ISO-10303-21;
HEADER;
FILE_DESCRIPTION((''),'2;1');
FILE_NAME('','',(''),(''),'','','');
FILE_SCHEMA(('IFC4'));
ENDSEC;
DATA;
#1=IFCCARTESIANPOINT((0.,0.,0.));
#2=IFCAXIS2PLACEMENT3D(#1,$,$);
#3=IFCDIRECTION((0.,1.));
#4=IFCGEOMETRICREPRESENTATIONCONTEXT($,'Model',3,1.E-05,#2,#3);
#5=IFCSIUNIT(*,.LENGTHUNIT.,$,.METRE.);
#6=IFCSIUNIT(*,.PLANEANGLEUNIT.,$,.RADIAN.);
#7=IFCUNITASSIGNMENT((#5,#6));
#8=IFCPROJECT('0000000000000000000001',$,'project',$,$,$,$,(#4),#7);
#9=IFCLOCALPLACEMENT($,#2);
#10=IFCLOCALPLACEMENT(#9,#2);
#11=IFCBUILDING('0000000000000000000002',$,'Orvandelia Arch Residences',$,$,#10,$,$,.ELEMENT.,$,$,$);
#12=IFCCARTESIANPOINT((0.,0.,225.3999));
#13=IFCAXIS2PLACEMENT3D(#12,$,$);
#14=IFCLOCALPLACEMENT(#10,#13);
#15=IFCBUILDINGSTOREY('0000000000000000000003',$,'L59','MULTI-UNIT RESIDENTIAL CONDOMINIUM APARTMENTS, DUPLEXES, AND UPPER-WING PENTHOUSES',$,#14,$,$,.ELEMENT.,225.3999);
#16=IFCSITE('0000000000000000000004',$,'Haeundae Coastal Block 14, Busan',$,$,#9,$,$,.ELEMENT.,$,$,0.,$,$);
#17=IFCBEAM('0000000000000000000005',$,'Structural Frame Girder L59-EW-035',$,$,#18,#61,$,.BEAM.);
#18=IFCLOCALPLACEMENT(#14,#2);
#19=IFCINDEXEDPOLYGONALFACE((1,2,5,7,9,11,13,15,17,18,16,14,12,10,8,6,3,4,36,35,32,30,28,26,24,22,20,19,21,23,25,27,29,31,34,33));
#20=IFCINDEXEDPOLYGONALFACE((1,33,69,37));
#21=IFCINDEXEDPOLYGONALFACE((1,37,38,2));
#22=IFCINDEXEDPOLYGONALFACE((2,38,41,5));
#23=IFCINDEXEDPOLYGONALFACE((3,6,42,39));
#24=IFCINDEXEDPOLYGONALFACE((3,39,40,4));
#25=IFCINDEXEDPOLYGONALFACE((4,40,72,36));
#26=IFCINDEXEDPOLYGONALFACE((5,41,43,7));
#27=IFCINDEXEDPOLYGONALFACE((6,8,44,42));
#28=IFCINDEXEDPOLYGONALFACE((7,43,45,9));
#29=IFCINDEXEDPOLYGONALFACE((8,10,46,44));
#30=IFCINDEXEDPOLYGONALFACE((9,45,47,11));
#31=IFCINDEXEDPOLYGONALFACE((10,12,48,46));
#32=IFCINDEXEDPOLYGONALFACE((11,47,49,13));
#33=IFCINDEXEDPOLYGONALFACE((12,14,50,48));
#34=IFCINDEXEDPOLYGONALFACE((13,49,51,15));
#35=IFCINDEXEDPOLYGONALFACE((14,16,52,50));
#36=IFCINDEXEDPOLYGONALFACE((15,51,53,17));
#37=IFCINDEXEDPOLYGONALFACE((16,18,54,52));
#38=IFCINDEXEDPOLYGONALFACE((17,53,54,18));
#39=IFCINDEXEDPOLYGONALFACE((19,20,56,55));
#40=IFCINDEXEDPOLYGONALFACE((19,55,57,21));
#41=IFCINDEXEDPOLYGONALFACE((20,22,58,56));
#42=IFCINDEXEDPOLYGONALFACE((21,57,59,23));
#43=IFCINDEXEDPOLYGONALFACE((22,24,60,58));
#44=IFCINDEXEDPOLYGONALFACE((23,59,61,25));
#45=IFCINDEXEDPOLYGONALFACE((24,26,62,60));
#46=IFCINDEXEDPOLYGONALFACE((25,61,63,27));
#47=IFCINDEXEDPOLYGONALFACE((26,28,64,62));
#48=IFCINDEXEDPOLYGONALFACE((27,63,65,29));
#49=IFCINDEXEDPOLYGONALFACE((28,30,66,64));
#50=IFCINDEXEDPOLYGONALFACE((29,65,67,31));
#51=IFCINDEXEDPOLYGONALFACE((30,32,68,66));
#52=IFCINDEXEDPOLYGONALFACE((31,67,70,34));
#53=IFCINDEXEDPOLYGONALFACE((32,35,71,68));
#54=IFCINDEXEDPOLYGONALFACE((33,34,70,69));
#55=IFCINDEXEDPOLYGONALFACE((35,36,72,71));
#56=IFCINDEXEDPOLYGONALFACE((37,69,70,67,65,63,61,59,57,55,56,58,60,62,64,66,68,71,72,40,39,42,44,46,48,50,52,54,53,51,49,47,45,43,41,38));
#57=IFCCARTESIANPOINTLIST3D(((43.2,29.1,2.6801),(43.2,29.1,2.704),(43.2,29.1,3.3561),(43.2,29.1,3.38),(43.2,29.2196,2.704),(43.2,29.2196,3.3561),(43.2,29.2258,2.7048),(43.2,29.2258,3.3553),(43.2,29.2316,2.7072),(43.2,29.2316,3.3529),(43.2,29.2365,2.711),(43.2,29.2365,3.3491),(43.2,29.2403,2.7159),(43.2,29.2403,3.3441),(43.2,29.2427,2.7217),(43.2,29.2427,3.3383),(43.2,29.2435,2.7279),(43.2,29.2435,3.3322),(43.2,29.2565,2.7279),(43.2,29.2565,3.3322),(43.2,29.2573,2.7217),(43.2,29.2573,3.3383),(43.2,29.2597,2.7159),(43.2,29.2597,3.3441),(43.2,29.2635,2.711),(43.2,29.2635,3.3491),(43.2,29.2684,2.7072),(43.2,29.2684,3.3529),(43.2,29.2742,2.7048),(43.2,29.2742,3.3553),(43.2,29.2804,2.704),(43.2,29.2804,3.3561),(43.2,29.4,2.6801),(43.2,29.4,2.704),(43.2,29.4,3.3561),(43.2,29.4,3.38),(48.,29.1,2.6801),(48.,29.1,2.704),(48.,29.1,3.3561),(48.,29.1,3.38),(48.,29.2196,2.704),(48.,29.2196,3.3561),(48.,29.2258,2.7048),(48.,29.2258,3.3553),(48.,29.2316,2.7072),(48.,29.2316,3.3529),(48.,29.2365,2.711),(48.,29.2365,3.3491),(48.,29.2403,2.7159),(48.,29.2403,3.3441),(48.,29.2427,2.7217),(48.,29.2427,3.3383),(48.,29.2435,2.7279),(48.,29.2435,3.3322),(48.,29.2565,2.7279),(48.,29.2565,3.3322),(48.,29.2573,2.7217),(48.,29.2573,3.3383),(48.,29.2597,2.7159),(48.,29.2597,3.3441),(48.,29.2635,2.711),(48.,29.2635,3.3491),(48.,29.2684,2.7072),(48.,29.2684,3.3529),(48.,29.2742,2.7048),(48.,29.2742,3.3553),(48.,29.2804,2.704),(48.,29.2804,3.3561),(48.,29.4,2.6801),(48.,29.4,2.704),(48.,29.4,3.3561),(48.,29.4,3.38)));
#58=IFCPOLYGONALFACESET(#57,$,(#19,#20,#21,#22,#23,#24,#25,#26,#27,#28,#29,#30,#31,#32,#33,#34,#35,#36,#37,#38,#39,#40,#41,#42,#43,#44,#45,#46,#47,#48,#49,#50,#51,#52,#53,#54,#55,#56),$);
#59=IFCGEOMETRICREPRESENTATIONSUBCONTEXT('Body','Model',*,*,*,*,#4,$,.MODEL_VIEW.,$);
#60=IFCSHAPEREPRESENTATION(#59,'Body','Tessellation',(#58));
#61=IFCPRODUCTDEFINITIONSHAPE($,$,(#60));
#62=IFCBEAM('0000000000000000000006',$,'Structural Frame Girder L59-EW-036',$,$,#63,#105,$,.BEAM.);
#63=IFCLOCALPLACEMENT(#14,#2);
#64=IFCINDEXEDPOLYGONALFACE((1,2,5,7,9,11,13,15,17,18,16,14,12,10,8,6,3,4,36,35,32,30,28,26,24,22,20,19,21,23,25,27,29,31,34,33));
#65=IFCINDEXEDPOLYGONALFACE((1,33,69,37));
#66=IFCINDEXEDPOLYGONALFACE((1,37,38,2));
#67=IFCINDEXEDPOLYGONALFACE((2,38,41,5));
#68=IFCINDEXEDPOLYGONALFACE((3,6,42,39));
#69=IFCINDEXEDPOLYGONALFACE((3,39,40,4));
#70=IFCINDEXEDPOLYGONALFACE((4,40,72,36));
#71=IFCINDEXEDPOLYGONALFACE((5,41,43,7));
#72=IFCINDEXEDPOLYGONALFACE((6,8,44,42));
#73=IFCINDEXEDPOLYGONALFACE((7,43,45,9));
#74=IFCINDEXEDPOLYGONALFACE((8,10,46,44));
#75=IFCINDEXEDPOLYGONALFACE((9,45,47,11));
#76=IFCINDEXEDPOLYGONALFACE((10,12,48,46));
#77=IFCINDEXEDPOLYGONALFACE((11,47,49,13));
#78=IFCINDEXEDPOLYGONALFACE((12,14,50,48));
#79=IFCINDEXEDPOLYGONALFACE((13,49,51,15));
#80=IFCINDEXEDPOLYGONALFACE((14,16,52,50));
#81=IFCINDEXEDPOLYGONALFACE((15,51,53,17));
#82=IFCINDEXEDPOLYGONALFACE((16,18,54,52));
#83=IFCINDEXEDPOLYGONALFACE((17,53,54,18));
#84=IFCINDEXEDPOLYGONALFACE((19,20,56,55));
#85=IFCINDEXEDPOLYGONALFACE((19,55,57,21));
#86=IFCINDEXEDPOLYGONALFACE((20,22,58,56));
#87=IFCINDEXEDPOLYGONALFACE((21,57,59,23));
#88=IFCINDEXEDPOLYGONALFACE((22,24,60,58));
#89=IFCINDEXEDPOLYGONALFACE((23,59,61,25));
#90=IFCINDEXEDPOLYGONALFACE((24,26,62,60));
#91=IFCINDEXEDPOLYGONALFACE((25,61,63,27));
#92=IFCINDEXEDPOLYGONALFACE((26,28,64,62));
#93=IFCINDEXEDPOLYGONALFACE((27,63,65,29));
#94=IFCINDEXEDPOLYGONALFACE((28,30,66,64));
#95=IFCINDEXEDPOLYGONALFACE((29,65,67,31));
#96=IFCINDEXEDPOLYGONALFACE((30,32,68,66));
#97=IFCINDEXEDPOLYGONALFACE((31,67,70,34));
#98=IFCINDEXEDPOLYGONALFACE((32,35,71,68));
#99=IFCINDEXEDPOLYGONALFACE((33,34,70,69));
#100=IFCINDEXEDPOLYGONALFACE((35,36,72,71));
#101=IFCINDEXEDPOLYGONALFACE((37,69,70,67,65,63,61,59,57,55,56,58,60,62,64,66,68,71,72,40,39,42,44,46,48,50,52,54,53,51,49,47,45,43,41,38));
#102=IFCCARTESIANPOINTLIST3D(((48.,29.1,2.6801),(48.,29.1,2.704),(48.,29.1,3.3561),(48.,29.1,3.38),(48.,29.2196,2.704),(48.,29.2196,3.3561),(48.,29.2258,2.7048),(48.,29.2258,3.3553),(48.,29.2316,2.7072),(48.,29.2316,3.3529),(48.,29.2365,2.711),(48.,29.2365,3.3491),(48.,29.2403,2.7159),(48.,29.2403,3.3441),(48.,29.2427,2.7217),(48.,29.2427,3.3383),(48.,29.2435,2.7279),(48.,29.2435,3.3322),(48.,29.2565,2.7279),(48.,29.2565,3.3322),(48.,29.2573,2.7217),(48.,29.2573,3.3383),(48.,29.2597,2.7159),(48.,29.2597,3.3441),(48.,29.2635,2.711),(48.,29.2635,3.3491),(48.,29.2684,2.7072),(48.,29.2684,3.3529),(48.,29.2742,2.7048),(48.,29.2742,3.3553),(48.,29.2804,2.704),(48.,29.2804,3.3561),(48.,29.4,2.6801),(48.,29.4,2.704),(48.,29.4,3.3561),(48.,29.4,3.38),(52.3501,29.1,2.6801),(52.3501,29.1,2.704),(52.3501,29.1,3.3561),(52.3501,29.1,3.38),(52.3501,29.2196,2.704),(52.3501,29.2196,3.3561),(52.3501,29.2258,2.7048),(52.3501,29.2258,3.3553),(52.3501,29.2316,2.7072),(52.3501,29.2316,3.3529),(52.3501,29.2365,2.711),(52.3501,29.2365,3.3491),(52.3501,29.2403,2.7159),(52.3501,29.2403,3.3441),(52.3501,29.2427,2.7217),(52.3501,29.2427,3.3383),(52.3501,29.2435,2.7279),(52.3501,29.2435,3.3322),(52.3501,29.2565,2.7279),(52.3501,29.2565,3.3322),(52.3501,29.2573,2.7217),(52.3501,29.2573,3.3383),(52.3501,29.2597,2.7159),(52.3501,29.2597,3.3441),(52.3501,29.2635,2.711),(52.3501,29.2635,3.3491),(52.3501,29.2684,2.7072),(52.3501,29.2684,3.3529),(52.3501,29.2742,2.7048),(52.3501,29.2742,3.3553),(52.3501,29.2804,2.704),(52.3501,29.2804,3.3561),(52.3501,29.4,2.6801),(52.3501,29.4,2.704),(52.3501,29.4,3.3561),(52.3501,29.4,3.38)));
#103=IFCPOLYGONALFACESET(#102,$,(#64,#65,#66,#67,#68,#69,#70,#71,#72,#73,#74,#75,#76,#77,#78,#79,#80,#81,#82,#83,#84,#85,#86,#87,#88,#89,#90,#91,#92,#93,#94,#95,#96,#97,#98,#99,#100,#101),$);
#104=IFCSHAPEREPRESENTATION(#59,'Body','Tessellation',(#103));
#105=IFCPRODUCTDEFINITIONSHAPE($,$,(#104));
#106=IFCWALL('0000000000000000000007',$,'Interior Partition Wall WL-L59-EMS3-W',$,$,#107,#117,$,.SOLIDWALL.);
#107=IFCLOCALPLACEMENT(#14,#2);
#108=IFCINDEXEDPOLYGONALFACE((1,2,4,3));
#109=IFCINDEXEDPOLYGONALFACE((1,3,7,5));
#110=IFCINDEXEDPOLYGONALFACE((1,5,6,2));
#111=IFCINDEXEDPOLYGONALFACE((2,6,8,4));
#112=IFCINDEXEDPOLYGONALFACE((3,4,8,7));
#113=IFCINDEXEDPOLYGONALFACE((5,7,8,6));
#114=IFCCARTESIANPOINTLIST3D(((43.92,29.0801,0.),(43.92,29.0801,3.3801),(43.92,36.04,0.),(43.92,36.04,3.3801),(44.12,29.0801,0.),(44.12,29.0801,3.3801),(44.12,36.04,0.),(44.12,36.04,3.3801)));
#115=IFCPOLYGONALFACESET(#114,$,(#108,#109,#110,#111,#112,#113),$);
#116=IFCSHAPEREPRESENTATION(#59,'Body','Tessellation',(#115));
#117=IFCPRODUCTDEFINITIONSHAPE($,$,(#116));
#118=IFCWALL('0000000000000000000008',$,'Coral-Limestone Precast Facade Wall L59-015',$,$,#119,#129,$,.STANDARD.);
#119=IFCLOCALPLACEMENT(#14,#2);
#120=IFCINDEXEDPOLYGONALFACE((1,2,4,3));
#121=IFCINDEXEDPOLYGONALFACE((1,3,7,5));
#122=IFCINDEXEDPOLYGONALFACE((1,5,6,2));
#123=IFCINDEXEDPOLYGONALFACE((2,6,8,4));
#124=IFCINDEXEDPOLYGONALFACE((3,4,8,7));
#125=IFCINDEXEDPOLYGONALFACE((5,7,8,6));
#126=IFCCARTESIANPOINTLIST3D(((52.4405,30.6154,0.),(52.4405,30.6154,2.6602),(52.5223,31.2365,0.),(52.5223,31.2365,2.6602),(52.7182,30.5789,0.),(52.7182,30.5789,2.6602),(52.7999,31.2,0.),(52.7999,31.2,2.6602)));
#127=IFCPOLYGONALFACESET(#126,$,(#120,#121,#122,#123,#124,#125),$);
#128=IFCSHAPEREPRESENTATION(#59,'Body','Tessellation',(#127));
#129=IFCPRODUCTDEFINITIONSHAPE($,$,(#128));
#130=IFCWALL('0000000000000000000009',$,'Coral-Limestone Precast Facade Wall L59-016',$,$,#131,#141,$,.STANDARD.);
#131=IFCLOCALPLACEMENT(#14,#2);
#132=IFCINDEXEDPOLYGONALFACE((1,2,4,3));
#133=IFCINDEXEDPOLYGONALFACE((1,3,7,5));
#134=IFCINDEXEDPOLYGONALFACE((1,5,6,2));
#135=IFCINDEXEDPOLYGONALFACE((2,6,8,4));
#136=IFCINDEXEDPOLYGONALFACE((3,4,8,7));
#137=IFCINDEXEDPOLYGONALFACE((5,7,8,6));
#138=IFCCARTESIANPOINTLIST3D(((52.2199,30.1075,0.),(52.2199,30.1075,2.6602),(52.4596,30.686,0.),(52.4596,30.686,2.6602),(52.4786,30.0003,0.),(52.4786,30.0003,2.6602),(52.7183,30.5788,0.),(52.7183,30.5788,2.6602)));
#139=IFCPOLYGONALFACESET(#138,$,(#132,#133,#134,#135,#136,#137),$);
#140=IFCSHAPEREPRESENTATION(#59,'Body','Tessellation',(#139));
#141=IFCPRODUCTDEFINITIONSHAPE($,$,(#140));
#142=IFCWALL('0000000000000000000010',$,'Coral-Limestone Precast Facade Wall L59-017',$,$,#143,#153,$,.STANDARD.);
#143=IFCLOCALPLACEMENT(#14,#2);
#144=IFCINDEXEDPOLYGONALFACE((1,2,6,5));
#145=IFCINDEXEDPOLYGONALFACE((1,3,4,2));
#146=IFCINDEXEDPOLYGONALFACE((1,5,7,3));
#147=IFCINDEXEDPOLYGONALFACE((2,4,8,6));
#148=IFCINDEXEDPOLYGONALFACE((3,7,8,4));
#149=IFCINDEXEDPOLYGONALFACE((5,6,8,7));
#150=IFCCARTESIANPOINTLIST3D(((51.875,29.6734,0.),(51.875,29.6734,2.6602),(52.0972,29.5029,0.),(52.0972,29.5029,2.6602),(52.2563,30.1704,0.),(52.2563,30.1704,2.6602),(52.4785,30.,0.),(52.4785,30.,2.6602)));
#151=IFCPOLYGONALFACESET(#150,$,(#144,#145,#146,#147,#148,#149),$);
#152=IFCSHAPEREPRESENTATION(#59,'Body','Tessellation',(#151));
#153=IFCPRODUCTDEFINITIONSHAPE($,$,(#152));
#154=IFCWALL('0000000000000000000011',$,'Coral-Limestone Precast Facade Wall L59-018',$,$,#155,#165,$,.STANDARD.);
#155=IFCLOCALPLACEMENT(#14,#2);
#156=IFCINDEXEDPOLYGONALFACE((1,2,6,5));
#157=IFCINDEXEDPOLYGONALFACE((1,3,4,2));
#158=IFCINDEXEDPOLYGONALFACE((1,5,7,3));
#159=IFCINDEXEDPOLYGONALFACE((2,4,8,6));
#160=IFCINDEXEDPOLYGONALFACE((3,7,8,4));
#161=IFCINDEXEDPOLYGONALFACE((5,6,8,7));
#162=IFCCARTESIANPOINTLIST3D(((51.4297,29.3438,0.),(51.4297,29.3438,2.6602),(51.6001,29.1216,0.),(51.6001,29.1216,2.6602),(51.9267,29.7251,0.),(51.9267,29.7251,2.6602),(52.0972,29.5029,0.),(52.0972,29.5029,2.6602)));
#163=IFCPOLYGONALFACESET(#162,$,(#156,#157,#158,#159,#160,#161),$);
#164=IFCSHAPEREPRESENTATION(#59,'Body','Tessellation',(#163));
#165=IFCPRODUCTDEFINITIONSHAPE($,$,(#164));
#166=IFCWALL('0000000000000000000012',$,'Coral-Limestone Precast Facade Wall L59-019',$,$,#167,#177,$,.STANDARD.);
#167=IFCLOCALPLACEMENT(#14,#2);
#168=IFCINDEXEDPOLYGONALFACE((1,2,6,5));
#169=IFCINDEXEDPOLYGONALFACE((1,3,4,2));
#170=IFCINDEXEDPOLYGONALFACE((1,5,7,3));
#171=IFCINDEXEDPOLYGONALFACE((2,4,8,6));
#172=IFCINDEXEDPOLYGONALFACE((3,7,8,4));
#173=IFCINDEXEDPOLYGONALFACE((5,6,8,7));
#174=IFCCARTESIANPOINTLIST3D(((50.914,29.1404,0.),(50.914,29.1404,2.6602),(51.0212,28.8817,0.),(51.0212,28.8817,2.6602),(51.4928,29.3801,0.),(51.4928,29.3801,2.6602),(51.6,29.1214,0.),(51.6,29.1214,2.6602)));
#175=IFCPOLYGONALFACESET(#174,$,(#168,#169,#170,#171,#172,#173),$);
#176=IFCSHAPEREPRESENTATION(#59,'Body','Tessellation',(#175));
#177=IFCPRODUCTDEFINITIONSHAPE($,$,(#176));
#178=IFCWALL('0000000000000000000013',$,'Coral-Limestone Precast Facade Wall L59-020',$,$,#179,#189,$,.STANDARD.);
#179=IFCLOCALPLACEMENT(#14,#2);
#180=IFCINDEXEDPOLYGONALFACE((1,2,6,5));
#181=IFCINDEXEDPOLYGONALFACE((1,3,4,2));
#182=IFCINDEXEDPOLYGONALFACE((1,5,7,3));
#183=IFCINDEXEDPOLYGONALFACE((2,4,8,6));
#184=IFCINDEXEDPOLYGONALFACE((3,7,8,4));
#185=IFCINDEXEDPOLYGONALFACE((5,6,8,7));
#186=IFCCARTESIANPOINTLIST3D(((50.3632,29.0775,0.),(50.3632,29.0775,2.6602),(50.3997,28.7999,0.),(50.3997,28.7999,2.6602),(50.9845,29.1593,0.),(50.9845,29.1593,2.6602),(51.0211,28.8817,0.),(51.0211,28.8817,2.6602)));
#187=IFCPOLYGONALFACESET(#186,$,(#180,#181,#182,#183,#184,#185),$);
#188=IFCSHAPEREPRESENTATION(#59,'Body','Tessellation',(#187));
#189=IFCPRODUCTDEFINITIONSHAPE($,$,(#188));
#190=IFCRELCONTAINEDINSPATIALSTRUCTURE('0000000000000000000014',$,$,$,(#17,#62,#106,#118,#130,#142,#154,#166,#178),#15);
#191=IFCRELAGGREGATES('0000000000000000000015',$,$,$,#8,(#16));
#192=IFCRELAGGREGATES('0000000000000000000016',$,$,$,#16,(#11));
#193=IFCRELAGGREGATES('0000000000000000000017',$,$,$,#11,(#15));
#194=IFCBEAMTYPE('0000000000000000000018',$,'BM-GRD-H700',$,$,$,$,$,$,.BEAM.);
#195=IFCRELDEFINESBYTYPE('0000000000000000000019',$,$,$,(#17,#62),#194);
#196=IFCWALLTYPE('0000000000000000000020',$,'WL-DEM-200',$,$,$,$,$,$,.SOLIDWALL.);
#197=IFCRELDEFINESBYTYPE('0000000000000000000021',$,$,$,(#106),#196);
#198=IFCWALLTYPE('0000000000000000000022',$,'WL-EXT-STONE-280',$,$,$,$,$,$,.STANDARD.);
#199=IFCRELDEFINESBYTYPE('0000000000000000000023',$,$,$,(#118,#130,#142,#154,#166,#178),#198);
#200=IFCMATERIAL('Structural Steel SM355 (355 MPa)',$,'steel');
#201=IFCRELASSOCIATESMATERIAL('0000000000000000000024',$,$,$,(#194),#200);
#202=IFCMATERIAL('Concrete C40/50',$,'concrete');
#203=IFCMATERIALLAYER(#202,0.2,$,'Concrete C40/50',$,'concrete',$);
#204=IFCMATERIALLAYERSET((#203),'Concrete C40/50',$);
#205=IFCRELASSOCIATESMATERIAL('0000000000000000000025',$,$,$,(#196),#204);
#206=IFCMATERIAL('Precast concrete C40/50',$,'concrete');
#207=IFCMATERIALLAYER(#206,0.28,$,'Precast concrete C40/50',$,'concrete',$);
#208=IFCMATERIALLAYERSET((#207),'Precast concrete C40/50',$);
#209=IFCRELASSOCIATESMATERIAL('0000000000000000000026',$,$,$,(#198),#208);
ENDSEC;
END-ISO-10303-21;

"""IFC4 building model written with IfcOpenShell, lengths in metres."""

from ifc_helpers import new_model, si_unit, direction, frame, frame_2d, origin, origin_2d, place, context, subcontext, project, spatial, rectangle, i_section, extrude, material, layer, layer_set, material_profile, profile_set, type_object, element, save


model = new_model("IFC4")

# Units and contexts
model_context = context("Model", 3, precision=1e-05, world=origin(), true_north=direction((0.0, 1.0)))
body_context = subcontext(model_context, "Body", "Model", "MODEL_VIEW")
ifc_project = project(units=[si_unit("LENGTHUNIT", "METRE"), si_unit("PLANEANGLEUNIT", "RADIAN")], contexts=[model_context])

# Site, building, storey
site_placement = place(None, origin())
site = spatial("IfcSite", under=ifc_project, at=site_placement, Name="Haeundae Coastal Block 14, Busan", CompositionType="ELEMENT", RefElevation=0.0)
building_placement = place(site_placement, origin())
building = spatial("IfcBuilding", under=site, at=building_placement, Name="Orvandelia Arch Residences", CompositionType="ELEMENT")
storey_placement = place(building_placement, frame((0.0, 0.0, 225.3999)))
storey = spatial("IfcBuildingStorey", under=building, at=storey_placement, Name="L59", Description="MULTI-UNIT RESIDENTIAL CONDOMINIUM APARTMENTS, DUPLEXES, AND UPPER-WING PENTHOUSES", CompositionType="ELEMENT", Elevation=225.3999)

# Beams
ifc_material_1 = material(Name="Structural Steel SM355 (355 MPa)", Category="steel")
ifc_material_profile_1 = material_profile(ifc_material_1, i_section(OverallWidth=0.3, OverallDepth=0.7, WebThickness=0.0129, FlangeThickness=0.0239, FilletRadius=0.0239, at=origin_2d()), Name="Structural Steel SM355 (355 MPa)", Category="steel")
ifc_profile_set_1 = profile_set([ifc_material_profile_1], Name="Structural Steel SM355 (355 MPa)")
beam_type = type_object("IfcBeamType", Name="BM-GRD-H700", PredefinedType="BEAM", material=ifc_profile_set_1)
beam_1_placement = place(storey_placement, frame((43.2, 29.25, 3.03), z_axis=(1.0, 0.0, 0.0), x_axis=(0.0, 1.0, 0.0)))
element("IfcBeam", 1, at=beam_1_placement, inside=storey, type_object=beam_type, Name="Structural Frame Girder L59-EW-035", PredefinedType="BEAM", context=body_context, shape_type="SweptSolid", body=[
    extrude(i_section(OverallWidth=0.3, OverallDepth=0.7, WebThickness=0.0129, FlangeThickness=0.0239, FilletRadius=0.0239, at=origin_2d()), origin(), (0.0, 0.0, 1.0), 4.8),
])
beam_2_placement = place(storey_placement, frame((48.0, 29.25, 3.03), z_axis=(1.0, 0.0, 0.0), x_axis=(0.0, 1.0, 0.0)))
element("IfcBeam", 2, at=beam_2_placement, inside=storey, type_object=beam_type, Name="Structural Frame Girder L59-EW-036", PredefinedType="BEAM", context=body_context, shape_type="SweptSolid", body=[
    extrude(i_section(OverallWidth=0.3, OverallDepth=0.7, WebThickness=0.0129, FlangeThickness=0.0239, FilletRadius=0.0239, at=origin_2d()), origin(), (0.0, 0.0, 1.0), 4.3501),
])

# Walls
ifc_material_2 = material(Name="Concrete C40/50", Category="concrete")
ifc_layer_1 = layer(ifc_material_2, 0.2, Name="Concrete C40/50", Category="concrete")
ifc_layer_set_1 = layer_set([ifc_layer_1], Name="Concrete C40/50")
wall_type_1 = type_object("IfcWallType", Name="WL-DEM-200", PredefinedType="SOLIDWALL", material=ifc_layer_set_1)
wall_1_placement = place(storey_placement, frame((44.02, 29.0801, 0.0), z_axis=(0.0, 0.0, 1.0), x_axis=(0.0, 1.0, 0.0)))
element("IfcWall", 3, at=wall_1_placement, inside=storey, type_object=wall_type_1, Name="Interior Partition Wall WL-L59-EMS3-W", PredefinedType="SOLIDWALL", context=body_context, shape_type="SweptSolid", body=[
    extrude(rectangle(XDim=6.96, YDim=0.2, at=frame_2d((3.48, 0.0))), origin(), (0.0, 0.0, 1.0), 3.3801),
])
ifc_material_3 = material(Name="Precast concrete C40/50", Category="concrete")
ifc_layer_2 = layer(ifc_material_3, 0.28, Name="Precast concrete C40/50", Category="concrete")
ifc_layer_set_2 = layer_set([ifc_layer_2], Name="Precast concrete C40/50")
wall_type_2 = type_object("IfcWallType", Name="WL-EXT-STONE-280", PredefinedType="STANDARD", material=ifc_layer_set_2)
wall_2_placement = place(storey_placement, frame((52.6611, 31.2183, 0.0), z_axis=(0.0, 0.0, 1.0), x_axis=(-0.130555, -0.991441, 0.0)))
element("IfcWall", 4, at=wall_2_placement, inside=storey, type_object=wall_type_2, Name="Coral-Limestone Precast Facade Wall L59-015", PredefinedType="STANDARD", context=body_context, shape_type="SweptSolid", body=[
    extrude(rectangle(XDim=0.6265, YDim=0.28, at=frame_2d((0.3132, 0.0))), origin(), (0.0, 0.0, 1.0), 2.6602),
])
wall_3_placement = place(storey_placement, frame((52.5889, 30.6323, 0.0), z_axis=(0.0, 0.0, 1.0), x_axis=(-0.382788, -0.923836, 0.0)))
element("IfcWall", 5, at=wall_3_placement, inside=storey, type_object=wall_type_2, Name="Coral-Limestone Precast Facade Wall L59-016", PredefinedType="STANDARD", context=body_context, shape_type="SweptSolid", body=[
    extrude(rectangle(XDim=0.6262, YDim=0.28, at=frame_2d((0.313, 0.0))), origin(), (0.0, 0.0, 1.0), 2.6602),
])
for number, where, z_axis, x_axis, name in (
    (6, (52.3674, 30.0852, 0.0), (0.0, 0.0, 1.0), (-0.608693, -0.793406, 0.0), "Coral-Limestone Precast Facade Wall L59-017"),
    (7, (52.012, 29.614, 0.0), (0.0, 0.0, 1.0), (-0.793406, -0.608693, 0.0), "Coral-Limestone Precast Facade Wall L59-018"),
    (8, (51.5464, 29.2507, 0.0), (0.0, 0.0, 1.0), (-0.923893, -0.38265, 0.0), "Coral-Limestone Precast Facade Wall L59-019"),
):
    element("IfcWall", number, at=place(storey_placement, frame(where, z_axis=z_axis, x_axis=x_axis)), inside=storey, type_object=wall_type_2, Name=name, PredefinedType="STANDARD", context=body_context, shape_type="SweptSolid", body=[
        extrude(rectangle(XDim=0.6265, YDim=0.28, at=frame_2d((0.3132, 0.0))), origin(), (0.0, 0.0, 1.0), 2.6602),
    ])
wall_4_placement = place(storey_placement, frame((51.0029, 29.0205, 0.0), z_axis=(0.0, 0.0, 1.0), x_axis=(-0.991448, -0.130505, 0.0)))
element("IfcWall", 9, at=wall_4_placement, inside=storey, type_object=wall_type_2, Name="Coral-Limestone Precast Facade Wall L59-020", PredefinedType="STANDARD", context=body_context, shape_type="SweptSolid", body=[
    extrude(rectangle(XDim=0.6267, YDim=0.28, at=frame_2d((0.3135, 0.0))), origin(), (0.0, 0.0, 1.0), 2.6602),
])

save(model, "model.ifc")
